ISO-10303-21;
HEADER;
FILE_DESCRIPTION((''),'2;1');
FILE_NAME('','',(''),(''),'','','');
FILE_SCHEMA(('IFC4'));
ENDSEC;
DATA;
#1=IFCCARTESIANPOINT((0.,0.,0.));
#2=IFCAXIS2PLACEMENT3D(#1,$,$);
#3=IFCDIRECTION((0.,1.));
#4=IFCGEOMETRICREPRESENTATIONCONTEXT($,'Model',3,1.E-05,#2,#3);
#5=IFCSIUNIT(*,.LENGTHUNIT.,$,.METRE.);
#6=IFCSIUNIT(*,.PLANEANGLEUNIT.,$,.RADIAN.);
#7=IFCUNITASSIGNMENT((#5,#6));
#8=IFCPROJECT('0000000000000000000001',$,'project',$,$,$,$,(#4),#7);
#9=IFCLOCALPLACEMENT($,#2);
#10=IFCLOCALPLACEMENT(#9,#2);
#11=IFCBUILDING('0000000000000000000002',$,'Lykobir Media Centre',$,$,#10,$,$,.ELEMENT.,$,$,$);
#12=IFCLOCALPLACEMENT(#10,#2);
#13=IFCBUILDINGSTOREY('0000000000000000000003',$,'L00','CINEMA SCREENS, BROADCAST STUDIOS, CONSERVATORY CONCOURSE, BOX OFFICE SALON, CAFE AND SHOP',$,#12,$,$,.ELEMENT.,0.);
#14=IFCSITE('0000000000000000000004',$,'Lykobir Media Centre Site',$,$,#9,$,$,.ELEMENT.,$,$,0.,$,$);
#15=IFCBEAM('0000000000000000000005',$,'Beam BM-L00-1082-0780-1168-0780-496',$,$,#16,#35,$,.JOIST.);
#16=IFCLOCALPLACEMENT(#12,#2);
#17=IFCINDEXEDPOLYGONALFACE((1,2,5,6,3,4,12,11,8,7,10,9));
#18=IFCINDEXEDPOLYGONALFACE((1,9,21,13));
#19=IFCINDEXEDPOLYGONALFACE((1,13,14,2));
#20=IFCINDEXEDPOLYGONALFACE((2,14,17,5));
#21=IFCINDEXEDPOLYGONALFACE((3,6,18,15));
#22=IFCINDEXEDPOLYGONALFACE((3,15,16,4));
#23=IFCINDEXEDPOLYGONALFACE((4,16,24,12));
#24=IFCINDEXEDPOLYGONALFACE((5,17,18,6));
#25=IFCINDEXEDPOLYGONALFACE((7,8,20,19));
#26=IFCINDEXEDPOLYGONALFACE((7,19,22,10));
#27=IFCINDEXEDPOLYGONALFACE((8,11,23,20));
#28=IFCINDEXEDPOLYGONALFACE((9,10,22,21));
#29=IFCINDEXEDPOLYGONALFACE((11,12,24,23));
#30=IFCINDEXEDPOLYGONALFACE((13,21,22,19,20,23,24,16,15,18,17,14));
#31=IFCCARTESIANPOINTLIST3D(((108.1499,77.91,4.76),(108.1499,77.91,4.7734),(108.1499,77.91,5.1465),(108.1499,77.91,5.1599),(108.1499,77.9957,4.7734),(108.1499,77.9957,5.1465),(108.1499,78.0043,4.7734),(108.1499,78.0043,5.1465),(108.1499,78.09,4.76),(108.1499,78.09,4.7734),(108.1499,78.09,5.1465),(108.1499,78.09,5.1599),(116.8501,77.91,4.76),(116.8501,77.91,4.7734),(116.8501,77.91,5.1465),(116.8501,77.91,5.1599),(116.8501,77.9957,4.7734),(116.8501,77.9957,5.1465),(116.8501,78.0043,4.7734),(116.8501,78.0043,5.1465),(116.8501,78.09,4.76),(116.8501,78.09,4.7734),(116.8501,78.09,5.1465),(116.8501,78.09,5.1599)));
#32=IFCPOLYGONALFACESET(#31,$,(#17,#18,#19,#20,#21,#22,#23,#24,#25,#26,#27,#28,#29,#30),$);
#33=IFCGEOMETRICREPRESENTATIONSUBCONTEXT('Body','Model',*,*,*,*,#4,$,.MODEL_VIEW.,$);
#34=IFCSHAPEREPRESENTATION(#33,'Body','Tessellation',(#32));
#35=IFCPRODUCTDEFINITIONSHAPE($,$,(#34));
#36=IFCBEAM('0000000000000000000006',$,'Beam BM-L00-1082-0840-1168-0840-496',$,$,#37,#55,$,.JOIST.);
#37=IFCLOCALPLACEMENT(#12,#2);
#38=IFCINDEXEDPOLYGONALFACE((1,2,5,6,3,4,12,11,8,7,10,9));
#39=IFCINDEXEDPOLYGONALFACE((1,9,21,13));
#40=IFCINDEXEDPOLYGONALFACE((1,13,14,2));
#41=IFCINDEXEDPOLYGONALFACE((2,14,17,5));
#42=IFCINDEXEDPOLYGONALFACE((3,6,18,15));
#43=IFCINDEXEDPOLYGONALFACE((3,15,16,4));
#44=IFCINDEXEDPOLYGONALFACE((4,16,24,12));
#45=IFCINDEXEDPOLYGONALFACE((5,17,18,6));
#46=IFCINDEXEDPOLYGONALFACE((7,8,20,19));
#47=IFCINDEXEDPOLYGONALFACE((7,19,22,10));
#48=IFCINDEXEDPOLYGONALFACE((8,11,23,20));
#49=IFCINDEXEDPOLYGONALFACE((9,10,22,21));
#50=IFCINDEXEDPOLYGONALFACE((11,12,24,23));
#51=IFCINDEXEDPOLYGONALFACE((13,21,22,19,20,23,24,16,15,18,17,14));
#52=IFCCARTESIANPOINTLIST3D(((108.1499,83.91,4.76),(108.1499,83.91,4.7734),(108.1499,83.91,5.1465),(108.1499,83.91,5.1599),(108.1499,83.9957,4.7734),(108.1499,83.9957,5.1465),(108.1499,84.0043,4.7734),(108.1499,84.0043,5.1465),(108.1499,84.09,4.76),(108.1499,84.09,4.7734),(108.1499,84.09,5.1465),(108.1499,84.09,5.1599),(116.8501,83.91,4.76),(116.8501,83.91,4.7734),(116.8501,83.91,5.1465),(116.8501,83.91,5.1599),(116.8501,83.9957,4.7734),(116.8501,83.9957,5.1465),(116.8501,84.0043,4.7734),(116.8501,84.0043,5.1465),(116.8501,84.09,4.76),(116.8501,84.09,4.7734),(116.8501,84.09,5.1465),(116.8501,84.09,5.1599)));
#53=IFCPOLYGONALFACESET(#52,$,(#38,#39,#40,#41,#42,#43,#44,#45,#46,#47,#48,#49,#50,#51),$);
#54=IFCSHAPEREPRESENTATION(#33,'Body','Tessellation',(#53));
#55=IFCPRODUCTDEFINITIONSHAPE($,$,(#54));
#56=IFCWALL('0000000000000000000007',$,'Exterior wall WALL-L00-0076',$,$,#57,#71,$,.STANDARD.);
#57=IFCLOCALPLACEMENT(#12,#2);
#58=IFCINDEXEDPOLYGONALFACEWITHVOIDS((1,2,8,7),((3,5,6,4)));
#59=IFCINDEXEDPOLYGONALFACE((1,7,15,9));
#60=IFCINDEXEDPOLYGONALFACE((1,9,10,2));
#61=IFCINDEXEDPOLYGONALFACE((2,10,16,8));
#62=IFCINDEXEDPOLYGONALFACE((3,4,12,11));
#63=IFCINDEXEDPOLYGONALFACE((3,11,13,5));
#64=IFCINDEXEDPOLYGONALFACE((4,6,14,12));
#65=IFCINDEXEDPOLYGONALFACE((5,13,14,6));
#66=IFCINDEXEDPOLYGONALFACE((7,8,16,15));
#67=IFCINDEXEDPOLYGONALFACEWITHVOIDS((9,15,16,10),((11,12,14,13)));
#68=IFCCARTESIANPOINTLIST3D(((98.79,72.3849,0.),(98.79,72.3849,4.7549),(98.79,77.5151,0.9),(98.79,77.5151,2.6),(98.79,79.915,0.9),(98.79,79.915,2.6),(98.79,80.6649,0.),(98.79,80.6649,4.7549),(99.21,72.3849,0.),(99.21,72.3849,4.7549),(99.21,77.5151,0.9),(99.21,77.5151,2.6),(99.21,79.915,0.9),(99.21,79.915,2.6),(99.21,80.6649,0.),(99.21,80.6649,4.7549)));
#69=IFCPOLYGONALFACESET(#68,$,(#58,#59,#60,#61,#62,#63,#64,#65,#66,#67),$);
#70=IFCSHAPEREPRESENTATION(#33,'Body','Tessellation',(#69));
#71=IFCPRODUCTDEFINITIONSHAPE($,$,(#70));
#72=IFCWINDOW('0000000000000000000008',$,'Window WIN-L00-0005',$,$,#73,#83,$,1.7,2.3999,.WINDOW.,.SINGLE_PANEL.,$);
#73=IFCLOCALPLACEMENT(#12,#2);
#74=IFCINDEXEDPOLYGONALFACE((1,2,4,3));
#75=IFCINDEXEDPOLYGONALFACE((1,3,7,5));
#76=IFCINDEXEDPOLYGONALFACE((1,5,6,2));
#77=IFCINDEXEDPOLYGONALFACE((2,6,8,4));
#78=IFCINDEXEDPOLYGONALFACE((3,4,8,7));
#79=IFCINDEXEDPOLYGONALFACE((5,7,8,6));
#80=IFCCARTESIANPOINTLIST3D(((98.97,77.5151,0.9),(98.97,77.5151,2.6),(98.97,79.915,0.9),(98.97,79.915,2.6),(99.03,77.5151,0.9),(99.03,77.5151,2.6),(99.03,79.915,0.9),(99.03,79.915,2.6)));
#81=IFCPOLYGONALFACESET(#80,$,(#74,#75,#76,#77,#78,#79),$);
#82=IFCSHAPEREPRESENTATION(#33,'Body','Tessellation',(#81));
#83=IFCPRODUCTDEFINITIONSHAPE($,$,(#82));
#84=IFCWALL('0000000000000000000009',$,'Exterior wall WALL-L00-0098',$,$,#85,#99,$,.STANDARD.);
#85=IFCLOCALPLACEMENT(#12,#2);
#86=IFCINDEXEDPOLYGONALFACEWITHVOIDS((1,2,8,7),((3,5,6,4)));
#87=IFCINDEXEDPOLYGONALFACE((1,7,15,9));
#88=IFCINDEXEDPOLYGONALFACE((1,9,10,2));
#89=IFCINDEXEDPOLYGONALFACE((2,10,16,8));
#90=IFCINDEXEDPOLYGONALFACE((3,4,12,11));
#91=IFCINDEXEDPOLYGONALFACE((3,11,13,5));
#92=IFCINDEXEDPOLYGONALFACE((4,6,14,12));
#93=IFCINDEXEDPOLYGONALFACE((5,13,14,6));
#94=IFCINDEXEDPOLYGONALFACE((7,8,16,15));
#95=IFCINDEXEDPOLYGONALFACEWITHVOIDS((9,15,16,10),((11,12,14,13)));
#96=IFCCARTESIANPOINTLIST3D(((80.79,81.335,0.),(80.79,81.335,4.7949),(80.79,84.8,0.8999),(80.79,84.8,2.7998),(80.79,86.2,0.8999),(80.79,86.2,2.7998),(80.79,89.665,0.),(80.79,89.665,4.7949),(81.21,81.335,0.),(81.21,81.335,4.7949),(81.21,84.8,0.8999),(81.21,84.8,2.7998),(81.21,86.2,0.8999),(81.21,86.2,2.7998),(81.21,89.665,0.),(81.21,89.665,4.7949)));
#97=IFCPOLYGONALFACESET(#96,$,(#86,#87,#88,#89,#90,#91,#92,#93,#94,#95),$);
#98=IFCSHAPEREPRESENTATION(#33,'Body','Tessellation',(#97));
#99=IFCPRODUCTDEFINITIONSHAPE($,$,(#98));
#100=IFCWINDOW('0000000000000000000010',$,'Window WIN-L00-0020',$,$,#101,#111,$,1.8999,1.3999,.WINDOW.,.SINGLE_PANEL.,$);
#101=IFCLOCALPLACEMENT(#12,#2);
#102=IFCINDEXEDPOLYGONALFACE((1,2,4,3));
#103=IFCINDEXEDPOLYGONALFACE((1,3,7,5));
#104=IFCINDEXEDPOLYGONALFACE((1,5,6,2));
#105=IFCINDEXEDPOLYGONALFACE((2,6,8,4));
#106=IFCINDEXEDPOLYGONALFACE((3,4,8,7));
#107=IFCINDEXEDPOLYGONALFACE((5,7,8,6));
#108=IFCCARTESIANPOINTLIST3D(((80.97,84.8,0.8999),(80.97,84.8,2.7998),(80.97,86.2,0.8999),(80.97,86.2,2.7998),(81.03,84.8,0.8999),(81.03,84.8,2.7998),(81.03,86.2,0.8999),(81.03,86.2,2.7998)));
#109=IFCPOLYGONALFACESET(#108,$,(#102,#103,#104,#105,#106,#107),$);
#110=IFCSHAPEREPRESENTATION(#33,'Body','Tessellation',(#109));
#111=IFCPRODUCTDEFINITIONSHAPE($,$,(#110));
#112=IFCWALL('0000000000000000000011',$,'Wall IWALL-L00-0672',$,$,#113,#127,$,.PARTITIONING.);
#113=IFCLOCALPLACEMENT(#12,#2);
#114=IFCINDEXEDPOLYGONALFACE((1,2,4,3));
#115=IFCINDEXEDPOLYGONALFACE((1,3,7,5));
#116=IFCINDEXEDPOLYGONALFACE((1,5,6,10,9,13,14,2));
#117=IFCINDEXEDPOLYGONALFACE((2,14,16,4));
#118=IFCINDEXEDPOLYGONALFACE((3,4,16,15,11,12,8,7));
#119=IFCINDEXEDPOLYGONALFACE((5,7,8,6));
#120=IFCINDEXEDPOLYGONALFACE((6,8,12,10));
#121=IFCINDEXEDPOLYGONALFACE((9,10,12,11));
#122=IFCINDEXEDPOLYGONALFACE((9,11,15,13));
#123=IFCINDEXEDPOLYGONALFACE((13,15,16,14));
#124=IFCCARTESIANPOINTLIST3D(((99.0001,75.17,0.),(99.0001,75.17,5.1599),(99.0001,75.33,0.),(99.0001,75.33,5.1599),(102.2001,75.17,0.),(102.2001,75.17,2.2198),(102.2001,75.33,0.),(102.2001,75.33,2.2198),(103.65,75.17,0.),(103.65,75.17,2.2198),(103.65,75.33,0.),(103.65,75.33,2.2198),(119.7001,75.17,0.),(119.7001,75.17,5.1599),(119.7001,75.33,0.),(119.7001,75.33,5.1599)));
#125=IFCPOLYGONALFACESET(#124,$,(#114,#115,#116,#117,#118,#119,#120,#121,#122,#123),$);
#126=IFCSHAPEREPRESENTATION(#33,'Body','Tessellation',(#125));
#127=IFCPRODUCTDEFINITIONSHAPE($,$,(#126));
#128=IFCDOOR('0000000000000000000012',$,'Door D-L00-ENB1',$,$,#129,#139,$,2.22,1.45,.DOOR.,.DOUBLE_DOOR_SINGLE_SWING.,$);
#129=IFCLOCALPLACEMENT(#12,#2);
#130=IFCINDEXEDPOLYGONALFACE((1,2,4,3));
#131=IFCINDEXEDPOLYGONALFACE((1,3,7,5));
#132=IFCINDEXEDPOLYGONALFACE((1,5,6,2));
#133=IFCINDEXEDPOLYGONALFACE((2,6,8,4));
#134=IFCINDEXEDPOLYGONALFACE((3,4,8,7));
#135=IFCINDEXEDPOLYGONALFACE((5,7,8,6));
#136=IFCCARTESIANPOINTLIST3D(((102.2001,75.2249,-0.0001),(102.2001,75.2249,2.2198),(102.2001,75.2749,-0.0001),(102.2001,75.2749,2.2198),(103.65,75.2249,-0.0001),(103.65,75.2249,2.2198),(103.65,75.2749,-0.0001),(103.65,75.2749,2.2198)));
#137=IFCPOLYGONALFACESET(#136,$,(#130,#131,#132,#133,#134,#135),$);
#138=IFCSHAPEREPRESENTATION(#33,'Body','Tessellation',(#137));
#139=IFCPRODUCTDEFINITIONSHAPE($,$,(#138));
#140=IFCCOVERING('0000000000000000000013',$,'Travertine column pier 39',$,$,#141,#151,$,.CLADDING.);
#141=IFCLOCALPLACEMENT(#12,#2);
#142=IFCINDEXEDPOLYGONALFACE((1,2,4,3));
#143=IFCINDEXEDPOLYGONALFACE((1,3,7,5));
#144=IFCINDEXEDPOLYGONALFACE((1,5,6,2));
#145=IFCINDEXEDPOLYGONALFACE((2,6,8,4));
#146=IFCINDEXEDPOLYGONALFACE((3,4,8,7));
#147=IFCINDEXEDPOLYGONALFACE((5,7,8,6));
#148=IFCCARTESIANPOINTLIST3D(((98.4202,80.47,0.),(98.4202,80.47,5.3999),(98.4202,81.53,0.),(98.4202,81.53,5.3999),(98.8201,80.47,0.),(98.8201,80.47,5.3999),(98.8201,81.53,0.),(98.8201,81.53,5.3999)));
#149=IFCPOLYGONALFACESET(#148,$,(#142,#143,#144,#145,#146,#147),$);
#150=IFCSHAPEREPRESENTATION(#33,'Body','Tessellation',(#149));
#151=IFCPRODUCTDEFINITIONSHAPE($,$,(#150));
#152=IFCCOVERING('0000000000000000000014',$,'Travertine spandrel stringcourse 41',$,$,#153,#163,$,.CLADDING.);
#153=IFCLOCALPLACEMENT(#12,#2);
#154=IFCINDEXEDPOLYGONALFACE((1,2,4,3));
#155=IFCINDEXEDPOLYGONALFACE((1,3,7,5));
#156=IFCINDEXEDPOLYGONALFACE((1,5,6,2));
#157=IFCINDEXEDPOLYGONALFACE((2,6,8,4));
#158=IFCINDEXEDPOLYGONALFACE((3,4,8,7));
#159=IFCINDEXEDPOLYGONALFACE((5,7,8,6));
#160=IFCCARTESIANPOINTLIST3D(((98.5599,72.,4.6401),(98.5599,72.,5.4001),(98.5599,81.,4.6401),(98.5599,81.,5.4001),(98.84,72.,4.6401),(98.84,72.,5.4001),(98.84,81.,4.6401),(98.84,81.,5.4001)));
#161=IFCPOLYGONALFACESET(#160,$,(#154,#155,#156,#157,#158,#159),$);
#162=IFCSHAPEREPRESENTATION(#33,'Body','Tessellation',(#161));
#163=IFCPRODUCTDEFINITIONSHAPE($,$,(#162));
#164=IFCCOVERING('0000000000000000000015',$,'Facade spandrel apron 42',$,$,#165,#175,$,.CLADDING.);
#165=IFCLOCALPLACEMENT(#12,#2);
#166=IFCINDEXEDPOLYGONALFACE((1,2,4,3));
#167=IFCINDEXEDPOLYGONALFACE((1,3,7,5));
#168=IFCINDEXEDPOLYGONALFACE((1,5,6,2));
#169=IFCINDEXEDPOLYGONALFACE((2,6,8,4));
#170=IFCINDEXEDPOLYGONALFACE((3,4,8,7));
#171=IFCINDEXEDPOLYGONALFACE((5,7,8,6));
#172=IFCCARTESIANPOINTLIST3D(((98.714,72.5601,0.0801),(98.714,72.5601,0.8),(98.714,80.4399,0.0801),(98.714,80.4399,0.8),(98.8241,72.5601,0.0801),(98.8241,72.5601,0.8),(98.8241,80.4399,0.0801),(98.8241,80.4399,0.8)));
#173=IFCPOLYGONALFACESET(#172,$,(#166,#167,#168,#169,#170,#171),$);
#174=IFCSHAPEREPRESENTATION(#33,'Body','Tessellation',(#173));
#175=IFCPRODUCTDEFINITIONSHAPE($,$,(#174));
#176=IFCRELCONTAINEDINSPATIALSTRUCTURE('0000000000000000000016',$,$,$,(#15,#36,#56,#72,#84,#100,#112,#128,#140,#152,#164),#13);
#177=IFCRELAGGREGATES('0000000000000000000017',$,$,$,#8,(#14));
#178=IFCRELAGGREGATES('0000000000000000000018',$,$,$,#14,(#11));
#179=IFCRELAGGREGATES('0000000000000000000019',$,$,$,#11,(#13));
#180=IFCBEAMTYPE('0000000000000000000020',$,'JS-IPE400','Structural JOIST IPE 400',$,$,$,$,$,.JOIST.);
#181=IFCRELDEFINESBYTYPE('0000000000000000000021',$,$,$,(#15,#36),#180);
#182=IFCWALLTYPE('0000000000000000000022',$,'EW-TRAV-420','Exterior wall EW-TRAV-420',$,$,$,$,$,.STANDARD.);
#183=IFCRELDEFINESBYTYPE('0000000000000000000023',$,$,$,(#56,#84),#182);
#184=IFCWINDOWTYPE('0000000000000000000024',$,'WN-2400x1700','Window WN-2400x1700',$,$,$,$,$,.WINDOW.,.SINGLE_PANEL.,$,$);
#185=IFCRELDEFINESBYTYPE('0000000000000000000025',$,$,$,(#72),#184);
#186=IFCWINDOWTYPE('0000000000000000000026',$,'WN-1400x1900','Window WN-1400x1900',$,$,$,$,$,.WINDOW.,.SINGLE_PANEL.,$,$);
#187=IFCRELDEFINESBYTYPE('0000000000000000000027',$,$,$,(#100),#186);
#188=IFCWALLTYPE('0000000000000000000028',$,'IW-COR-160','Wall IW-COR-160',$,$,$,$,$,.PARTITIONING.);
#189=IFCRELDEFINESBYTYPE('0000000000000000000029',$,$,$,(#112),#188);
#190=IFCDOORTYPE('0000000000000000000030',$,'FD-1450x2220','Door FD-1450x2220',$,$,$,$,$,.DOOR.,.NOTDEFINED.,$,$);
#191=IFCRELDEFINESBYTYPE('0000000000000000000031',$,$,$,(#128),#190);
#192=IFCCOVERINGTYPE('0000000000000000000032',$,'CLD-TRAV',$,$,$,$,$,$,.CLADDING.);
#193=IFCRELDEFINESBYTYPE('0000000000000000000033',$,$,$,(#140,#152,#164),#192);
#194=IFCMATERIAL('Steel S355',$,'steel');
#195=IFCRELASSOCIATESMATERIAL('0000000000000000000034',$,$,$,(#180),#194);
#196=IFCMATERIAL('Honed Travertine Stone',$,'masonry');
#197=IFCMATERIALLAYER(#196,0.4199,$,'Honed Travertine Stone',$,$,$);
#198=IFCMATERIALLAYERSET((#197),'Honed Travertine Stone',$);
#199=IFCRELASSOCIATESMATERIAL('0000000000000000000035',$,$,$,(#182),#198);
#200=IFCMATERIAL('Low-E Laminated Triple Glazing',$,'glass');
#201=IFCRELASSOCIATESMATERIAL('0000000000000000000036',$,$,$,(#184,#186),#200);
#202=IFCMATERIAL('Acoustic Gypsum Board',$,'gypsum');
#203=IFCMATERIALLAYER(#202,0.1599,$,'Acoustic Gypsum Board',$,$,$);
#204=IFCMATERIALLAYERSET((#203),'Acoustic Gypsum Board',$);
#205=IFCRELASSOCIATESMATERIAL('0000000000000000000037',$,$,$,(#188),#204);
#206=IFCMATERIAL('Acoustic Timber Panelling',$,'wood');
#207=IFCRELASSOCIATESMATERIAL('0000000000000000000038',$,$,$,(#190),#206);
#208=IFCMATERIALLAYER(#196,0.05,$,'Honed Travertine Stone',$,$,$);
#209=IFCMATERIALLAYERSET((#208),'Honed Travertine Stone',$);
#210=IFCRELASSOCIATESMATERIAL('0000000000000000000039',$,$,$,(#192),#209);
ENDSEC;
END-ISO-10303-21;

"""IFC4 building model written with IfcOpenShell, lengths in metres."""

from ifc_helpers import new_model, si_unit, direction, frame, frame_2d, origin, origin_2d, place, context, subcontext, project, spatial, rectangle, i_section, extrude, material, layer, layer_set, material_profile, profile_set, type_object, element, fill, save


model = new_model("IFC4")

# Units and contexts
model_context = context("Model", 3, precision=1e-05, world=origin(), true_north=direction((0.0, 1.0)))
body_context = subcontext(model_context, "Body", "Model", "MODEL_VIEW")
ifc_project = project(units=[si_unit("LENGTHUNIT", "METRE"), si_unit("PLANEANGLEUNIT", "RADIAN")], contexts=[model_context])

# Site, building, storey
site_placement = place(None, origin())
site = spatial("IfcSite", under=ifc_project, at=site_placement, Name="Lykobir Media Centre Site", CompositionType="ELEMENT", RefElevation=0.0)
building_placement = place(site_placement, origin())
building = spatial("IfcBuilding", under=site, at=building_placement, Name="Lykobir Media Centre", CompositionType="ELEMENT")
storey_placement = place(building_placement, origin())
storey = spatial("IfcBuildingStorey", under=building, at=storey_placement, Name="L00", Description="CINEMA SCREENS, BROADCAST STUDIOS, CONSERVATORY CONCOURSE, BOX OFFICE SALON, CAFE AND SHOP", CompositionType="ELEMENT", Elevation=0.0)

# Beams
ifc_material_1 = material(Name="Steel S355", Category="steel")
ifc_material_profile_1 = material_profile(ifc_material_1, i_section(OverallWidth=0.1799, OverallDepth=0.3999, WebThickness=0.0085, FlangeThickness=0.0134, at=origin_2d()), Name="IPE 400")
ifc_profile_set_1 = profile_set([ifc_material_profile_1], Name="Steel S355")
beam_type_1 = type_object("IfcBeamType", Name="JS-IPE400", Description="Structural JOIST IPE 400", PredefinedType="JOIST", material=ifc_profile_set_1)
for number, where, z_axis, x_axis, name in (
    (1, (108.1499, 78.0, 4.96), (1.0, 0.0, 0.0), (0.0, 1.0, 0.0), "Beam BM-L00-1082-0780-1168-0780-496"),
    (2, (108.1499, 84.0, 4.96), (1.0, 0.0, 0.0), (0.0, 1.0, 0.0), "Beam BM-L00-1082-0840-1168-0840-496"),
):
    element("IfcBeam", number, at=place(storey_placement, frame(where, z_axis=z_axis, x_axis=x_axis)), inside=storey, type_object=beam_type_1, Name=name, PredefinedType="JOIST", context=body_context, shape_type="SweptSolid", body=[
        extrude(i_section(OverallWidth=0.1799, OverallDepth=0.3999, WebThickness=0.0085, FlangeThickness=0.0134, at=origin_2d()), origin(), (0.0, 0.0, 1.0), 8.7002),
    ])

# Walls, openings, windows
ifc_material_2 = material(Name="Honed Travertine Stone", Category="masonry")
ifc_layer_1 = layer(ifc_material_2, 0.4199, Name="Honed Travertine Stone")
ifc_layer_set_1 = layer_set([ifc_layer_1], Name="Honed Travertine Stone")
wall_type_1 = type_object("IfcWallType", Name="EW-TRAV-420", Description="Exterior wall EW-TRAV-420", PredefinedType="STANDARD", material=ifc_layer_set_1)
wall_1_placement = place(storey_placement, frame((99.0, 80.665, 0.0), z_axis=(0.0, 0.0, 1.0), x_axis=(0.0, -1.0, 0.0)))
wall_1 = element("IfcWall", 3, at=wall_1_placement, inside=storey, type_object=wall_type_1, Name="Exterior wall WALL-L00-0076", PredefinedType="STANDARD", context=body_context, shape_type="SweptSolid", body=[
    extrude(rectangle(XDim=8.28, YDim=0.4199, at=frame_2d((4.1401, 0.0))), origin(), (0.0, 0.0, 1.0), 4.7549),
])
opening_1_placement = place(wall_1_placement, frame((0.75, 0.0, 0.8999)))
opening_1 = element("IfcOpeningElement", 4, at=opening_1_placement, cuts=wall_1, PredefinedType="OPENING", context=body_context, shape_type="SweptSolid", body=[
    extrude(rectangle(XDim=2.3999, YDim=1.7, at=frame_2d((1.2, 0.8501))), frame((0.0, 0.22, 0.0), z_axis=(0.0, -1.0, 0.0), x_axis=(1.0, 0.0, 0.0)), (0.0, 0.0, 1.0), 0.4399),
])
ifc_material_3 = material(Name="Low-E Laminated Triple Glazing", Category="glass")
window_type_1 = type_object("IfcWindowType", Name="WN-2400x1700", Description="Window WN-2400x1700", PartitioningType="SINGLE_PANEL", PredefinedType="WINDOW", material=ifc_material_3)
window_1_placement = place(opening_1_placement, origin())
window_1 = element("IfcWindow", 5, at=window_1_placement, inside=storey, type_object=window_type_1, Name="Window WIN-L00-0005", OverallHeight=1.7, OverallWidth=2.3999, PartitioningType="SINGLE_PANEL", PredefinedType="WINDOW", context=body_context, shape_type="SweptSolid", body=[
    extrude(rectangle(XDim=2.3999, YDim=1.7, at=frame_2d((1.2, 0.8501))), frame((0.0, 0.03, 0.0), z_axis=(0.0, -1.0, 0.0), x_axis=(1.0, 0.0, 0.0)), (0.0, 0.0, 1.0), 0.0601),
])
fill(opening_1, window_1)
wall_2_placement = place(storey_placement, frame((81.0, 81.335, 0.0), z_axis=(0.0, 0.0, 1.0), x_axis=(0.0, 1.0, 0.0)))
wall_2 = element("IfcWall", 6, at=wall_2_placement, inside=storey, type_object=wall_type_1, Name="Exterior wall WALL-L00-0098", PredefinedType="STANDARD", context=body_context, shape_type="SweptSolid", body=[
    extrude(rectangle(XDim=8.3301, YDim=0.4199, at=frame_2d((4.165, 0.0))), origin(), (0.0, 0.0, 1.0), 4.7949),
])
opening_2_placement = place(wall_2_placement, frame((3.4651, 0.0, 0.8999)))
opening_2 = element("IfcOpeningElement", 7, at=opening_2_placement, cuts=wall_2, PredefinedType="OPENING", context=body_context, shape_type="SweptSolid", body=[
    extrude(rectangle(XDim=1.3999, YDim=1.8999, at=frame_2d((0.7, 0.95))), frame((0.0, 0.22, 0.0), z_axis=(0.0, -1.0, 0.0), x_axis=(1.0, 0.0, 0.0)), (0.0, 0.0, 1.0), 0.4399),
])
window_type_2 = type_object("IfcWindowType", Name="WN-1400x1900", Description="Window WN-1400x1900", PartitioningType="SINGLE_PANEL", PredefinedType="WINDOW", material=ifc_material_3)
window_2_placement = place(opening_2_placement, origin())
window_2 = element("IfcWindow", 8, at=window_2_placement, inside=storey, type_object=window_type_2, Name="Window WIN-L00-0020", OverallHeight=1.8999, OverallWidth=1.3999, PartitioningType="SINGLE_PANEL", PredefinedType="WINDOW", context=body_context, shape_type="SweptSolid", body=[
    extrude(rectangle(XDim=1.3999, YDim=1.8999, at=frame_2d((0.7, 0.95))), frame((0.0, 0.03, 0.0), z_axis=(0.0, -1.0, 0.0), x_axis=(1.0, 0.0, 0.0)), (0.0, 0.0, 1.0), 0.0601),
])
fill(opening_2, window_2)

# Wall, opening, door
ifc_material_4 = material(Name="Acoustic Gypsum Board", Category="gypsum")
ifc_layer_2 = layer(ifc_material_4, 0.1599, Name="Acoustic Gypsum Board")
ifc_layer_set_2 = layer_set([ifc_layer_2], Name="Acoustic Gypsum Board")
wall_type_2 = type_object("IfcWallType", Name="IW-COR-160", Description="Wall IW-COR-160", PredefinedType="PARTITIONING", material=ifc_layer_set_2)
wall_3_placement = place(storey_placement, frame((99.0, 75.25, 0.0), z_axis=(0.0, 0.0, 1.0), x_axis=(1.0, 0.0, 0.0)))
wall_3 = element("IfcWall", 9, at=wall_3_placement, inside=storey, type_object=wall_type_2, Name="Wall IWALL-L00-0672", PredefinedType="PARTITIONING", context=body_context, shape_type="SweptSolid", body=[
    extrude(rectangle(XDim=20.7, YDim=0.1599, at=frame_2d((10.3501, 0.0))), origin(), (0.0, 0.0, 1.0), 5.1599),
])
opening_3_placement = place(wall_3_placement, frame((3.2, 0.0, 0.0)))
opening_3 = element("IfcOpeningElement", 10, at=opening_3_placement, cuts=wall_3, PredefinedType="OPENING", context=body_context, shape_type="SweptSolid", body=[
    extrude(rectangle(XDim=1.45, YDim=2.22, at=frame_2d((0.7251, 1.1099))), frame((0.0, 0.0898, 0.0), z_axis=(0.0, -1.0, 0.0), x_axis=(1.0, 0.0, 0.0)), (0.0, 0.0, 1.0), 0.1799),
])
ifc_material_5 = material(Name="Acoustic Timber Panelling", Category="wood")
door_type = type_object("IfcDoorType", Name="FD-1450x2220", Description="Door FD-1450x2220", OperationType="NOTDEFINED", PredefinedType="DOOR", material=ifc_material_5)
door_placement = place(opening_3_placement, origin())
door = element("IfcDoor", 11, at=door_placement, inside=storey, type_object=door_type, Name="Door D-L00-ENB1", OperationType="DOUBLE_DOOR_SINGLE_SWING", OverallHeight=2.22, OverallWidth=1.45, PredefinedType="DOOR", context=body_context, shape_type="SweptSolid", body=[
    extrude(rectangle(XDim=1.45, YDim=2.22, at=frame_2d((0.7251, 1.1099))), frame((0.0, 0.0249, 0.0), z_axis=(0.0, -1.0, 0.0), x_axis=(1.0, 0.0, 0.0)), (0.0, 0.0, 1.0), 0.05),
])
fill(opening_3, door)

# Coverings
ifc_layer_3 = layer(ifc_material_2, 0.05, Name="Honed Travertine Stone")
ifc_layer_set_3 = layer_set([ifc_layer_3], Name="Honed Travertine Stone")
covering_type = type_object("IfcCoveringType", Name="CLD-TRAV", PredefinedType="CLADDING", material=ifc_layer_set_3)
covering_1_placement = place(storey_placement, frame((98.6201, 81.0, 0.0), z_axis=(0.0, 0.0, 1.0), x_axis=(0.0, -1.0, 0.0)))
element("IfcCovering", 12, at=covering_1_placement, inside=storey, type_object=covering_type, Name="Travertine column pier 39", PredefinedType="CLADDING", context=body_context, shape_type="SweptSolid", body=[
    extrude(rectangle(XDim=1.0601, YDim=0.3999, at=origin_2d()), origin(), (0.0, 0.0, 1.0), 5.3999),
])
covering_2_placement = place(storey_placement, frame((98.7, 76.5, 4.6401), z_axis=(0.0, 0.0, 1.0), x_axis=(0.0, -1.0, 0.0)))
element("IfcCovering", 13, at=covering_2_placement, inside=storey, type_object=covering_type, Name="Travertine spandrel stringcourse 41", PredefinedType="CLADDING", context=body_context, shape_type="SweptSolid", body=[
    extrude(rectangle(XDim=9.0, YDim=0.28, at=origin_2d()), origin(), (0.0, 0.0, 1.0), 0.76),
])
covering_3_placement = place(storey_placement, frame((98.769, 76.5, 0.0801), z_axis=(0.0, 0.0, 1.0), x_axis=(0.0, -1.0, 0.0)))
element("IfcCovering", 14, at=covering_3_placement, inside=storey, type_object=covering_type, Name="Facade spandrel apron 42", PredefinedType="CLADDING", context=body_context, shape_type="SweptSolid", body=[
    extrude(rectangle(XDim=7.8799, YDim=0.1101, at=origin_2d()), origin(), (0.0, 0.0, 1.0), 0.72),
])

save(model, "model.ifc")
